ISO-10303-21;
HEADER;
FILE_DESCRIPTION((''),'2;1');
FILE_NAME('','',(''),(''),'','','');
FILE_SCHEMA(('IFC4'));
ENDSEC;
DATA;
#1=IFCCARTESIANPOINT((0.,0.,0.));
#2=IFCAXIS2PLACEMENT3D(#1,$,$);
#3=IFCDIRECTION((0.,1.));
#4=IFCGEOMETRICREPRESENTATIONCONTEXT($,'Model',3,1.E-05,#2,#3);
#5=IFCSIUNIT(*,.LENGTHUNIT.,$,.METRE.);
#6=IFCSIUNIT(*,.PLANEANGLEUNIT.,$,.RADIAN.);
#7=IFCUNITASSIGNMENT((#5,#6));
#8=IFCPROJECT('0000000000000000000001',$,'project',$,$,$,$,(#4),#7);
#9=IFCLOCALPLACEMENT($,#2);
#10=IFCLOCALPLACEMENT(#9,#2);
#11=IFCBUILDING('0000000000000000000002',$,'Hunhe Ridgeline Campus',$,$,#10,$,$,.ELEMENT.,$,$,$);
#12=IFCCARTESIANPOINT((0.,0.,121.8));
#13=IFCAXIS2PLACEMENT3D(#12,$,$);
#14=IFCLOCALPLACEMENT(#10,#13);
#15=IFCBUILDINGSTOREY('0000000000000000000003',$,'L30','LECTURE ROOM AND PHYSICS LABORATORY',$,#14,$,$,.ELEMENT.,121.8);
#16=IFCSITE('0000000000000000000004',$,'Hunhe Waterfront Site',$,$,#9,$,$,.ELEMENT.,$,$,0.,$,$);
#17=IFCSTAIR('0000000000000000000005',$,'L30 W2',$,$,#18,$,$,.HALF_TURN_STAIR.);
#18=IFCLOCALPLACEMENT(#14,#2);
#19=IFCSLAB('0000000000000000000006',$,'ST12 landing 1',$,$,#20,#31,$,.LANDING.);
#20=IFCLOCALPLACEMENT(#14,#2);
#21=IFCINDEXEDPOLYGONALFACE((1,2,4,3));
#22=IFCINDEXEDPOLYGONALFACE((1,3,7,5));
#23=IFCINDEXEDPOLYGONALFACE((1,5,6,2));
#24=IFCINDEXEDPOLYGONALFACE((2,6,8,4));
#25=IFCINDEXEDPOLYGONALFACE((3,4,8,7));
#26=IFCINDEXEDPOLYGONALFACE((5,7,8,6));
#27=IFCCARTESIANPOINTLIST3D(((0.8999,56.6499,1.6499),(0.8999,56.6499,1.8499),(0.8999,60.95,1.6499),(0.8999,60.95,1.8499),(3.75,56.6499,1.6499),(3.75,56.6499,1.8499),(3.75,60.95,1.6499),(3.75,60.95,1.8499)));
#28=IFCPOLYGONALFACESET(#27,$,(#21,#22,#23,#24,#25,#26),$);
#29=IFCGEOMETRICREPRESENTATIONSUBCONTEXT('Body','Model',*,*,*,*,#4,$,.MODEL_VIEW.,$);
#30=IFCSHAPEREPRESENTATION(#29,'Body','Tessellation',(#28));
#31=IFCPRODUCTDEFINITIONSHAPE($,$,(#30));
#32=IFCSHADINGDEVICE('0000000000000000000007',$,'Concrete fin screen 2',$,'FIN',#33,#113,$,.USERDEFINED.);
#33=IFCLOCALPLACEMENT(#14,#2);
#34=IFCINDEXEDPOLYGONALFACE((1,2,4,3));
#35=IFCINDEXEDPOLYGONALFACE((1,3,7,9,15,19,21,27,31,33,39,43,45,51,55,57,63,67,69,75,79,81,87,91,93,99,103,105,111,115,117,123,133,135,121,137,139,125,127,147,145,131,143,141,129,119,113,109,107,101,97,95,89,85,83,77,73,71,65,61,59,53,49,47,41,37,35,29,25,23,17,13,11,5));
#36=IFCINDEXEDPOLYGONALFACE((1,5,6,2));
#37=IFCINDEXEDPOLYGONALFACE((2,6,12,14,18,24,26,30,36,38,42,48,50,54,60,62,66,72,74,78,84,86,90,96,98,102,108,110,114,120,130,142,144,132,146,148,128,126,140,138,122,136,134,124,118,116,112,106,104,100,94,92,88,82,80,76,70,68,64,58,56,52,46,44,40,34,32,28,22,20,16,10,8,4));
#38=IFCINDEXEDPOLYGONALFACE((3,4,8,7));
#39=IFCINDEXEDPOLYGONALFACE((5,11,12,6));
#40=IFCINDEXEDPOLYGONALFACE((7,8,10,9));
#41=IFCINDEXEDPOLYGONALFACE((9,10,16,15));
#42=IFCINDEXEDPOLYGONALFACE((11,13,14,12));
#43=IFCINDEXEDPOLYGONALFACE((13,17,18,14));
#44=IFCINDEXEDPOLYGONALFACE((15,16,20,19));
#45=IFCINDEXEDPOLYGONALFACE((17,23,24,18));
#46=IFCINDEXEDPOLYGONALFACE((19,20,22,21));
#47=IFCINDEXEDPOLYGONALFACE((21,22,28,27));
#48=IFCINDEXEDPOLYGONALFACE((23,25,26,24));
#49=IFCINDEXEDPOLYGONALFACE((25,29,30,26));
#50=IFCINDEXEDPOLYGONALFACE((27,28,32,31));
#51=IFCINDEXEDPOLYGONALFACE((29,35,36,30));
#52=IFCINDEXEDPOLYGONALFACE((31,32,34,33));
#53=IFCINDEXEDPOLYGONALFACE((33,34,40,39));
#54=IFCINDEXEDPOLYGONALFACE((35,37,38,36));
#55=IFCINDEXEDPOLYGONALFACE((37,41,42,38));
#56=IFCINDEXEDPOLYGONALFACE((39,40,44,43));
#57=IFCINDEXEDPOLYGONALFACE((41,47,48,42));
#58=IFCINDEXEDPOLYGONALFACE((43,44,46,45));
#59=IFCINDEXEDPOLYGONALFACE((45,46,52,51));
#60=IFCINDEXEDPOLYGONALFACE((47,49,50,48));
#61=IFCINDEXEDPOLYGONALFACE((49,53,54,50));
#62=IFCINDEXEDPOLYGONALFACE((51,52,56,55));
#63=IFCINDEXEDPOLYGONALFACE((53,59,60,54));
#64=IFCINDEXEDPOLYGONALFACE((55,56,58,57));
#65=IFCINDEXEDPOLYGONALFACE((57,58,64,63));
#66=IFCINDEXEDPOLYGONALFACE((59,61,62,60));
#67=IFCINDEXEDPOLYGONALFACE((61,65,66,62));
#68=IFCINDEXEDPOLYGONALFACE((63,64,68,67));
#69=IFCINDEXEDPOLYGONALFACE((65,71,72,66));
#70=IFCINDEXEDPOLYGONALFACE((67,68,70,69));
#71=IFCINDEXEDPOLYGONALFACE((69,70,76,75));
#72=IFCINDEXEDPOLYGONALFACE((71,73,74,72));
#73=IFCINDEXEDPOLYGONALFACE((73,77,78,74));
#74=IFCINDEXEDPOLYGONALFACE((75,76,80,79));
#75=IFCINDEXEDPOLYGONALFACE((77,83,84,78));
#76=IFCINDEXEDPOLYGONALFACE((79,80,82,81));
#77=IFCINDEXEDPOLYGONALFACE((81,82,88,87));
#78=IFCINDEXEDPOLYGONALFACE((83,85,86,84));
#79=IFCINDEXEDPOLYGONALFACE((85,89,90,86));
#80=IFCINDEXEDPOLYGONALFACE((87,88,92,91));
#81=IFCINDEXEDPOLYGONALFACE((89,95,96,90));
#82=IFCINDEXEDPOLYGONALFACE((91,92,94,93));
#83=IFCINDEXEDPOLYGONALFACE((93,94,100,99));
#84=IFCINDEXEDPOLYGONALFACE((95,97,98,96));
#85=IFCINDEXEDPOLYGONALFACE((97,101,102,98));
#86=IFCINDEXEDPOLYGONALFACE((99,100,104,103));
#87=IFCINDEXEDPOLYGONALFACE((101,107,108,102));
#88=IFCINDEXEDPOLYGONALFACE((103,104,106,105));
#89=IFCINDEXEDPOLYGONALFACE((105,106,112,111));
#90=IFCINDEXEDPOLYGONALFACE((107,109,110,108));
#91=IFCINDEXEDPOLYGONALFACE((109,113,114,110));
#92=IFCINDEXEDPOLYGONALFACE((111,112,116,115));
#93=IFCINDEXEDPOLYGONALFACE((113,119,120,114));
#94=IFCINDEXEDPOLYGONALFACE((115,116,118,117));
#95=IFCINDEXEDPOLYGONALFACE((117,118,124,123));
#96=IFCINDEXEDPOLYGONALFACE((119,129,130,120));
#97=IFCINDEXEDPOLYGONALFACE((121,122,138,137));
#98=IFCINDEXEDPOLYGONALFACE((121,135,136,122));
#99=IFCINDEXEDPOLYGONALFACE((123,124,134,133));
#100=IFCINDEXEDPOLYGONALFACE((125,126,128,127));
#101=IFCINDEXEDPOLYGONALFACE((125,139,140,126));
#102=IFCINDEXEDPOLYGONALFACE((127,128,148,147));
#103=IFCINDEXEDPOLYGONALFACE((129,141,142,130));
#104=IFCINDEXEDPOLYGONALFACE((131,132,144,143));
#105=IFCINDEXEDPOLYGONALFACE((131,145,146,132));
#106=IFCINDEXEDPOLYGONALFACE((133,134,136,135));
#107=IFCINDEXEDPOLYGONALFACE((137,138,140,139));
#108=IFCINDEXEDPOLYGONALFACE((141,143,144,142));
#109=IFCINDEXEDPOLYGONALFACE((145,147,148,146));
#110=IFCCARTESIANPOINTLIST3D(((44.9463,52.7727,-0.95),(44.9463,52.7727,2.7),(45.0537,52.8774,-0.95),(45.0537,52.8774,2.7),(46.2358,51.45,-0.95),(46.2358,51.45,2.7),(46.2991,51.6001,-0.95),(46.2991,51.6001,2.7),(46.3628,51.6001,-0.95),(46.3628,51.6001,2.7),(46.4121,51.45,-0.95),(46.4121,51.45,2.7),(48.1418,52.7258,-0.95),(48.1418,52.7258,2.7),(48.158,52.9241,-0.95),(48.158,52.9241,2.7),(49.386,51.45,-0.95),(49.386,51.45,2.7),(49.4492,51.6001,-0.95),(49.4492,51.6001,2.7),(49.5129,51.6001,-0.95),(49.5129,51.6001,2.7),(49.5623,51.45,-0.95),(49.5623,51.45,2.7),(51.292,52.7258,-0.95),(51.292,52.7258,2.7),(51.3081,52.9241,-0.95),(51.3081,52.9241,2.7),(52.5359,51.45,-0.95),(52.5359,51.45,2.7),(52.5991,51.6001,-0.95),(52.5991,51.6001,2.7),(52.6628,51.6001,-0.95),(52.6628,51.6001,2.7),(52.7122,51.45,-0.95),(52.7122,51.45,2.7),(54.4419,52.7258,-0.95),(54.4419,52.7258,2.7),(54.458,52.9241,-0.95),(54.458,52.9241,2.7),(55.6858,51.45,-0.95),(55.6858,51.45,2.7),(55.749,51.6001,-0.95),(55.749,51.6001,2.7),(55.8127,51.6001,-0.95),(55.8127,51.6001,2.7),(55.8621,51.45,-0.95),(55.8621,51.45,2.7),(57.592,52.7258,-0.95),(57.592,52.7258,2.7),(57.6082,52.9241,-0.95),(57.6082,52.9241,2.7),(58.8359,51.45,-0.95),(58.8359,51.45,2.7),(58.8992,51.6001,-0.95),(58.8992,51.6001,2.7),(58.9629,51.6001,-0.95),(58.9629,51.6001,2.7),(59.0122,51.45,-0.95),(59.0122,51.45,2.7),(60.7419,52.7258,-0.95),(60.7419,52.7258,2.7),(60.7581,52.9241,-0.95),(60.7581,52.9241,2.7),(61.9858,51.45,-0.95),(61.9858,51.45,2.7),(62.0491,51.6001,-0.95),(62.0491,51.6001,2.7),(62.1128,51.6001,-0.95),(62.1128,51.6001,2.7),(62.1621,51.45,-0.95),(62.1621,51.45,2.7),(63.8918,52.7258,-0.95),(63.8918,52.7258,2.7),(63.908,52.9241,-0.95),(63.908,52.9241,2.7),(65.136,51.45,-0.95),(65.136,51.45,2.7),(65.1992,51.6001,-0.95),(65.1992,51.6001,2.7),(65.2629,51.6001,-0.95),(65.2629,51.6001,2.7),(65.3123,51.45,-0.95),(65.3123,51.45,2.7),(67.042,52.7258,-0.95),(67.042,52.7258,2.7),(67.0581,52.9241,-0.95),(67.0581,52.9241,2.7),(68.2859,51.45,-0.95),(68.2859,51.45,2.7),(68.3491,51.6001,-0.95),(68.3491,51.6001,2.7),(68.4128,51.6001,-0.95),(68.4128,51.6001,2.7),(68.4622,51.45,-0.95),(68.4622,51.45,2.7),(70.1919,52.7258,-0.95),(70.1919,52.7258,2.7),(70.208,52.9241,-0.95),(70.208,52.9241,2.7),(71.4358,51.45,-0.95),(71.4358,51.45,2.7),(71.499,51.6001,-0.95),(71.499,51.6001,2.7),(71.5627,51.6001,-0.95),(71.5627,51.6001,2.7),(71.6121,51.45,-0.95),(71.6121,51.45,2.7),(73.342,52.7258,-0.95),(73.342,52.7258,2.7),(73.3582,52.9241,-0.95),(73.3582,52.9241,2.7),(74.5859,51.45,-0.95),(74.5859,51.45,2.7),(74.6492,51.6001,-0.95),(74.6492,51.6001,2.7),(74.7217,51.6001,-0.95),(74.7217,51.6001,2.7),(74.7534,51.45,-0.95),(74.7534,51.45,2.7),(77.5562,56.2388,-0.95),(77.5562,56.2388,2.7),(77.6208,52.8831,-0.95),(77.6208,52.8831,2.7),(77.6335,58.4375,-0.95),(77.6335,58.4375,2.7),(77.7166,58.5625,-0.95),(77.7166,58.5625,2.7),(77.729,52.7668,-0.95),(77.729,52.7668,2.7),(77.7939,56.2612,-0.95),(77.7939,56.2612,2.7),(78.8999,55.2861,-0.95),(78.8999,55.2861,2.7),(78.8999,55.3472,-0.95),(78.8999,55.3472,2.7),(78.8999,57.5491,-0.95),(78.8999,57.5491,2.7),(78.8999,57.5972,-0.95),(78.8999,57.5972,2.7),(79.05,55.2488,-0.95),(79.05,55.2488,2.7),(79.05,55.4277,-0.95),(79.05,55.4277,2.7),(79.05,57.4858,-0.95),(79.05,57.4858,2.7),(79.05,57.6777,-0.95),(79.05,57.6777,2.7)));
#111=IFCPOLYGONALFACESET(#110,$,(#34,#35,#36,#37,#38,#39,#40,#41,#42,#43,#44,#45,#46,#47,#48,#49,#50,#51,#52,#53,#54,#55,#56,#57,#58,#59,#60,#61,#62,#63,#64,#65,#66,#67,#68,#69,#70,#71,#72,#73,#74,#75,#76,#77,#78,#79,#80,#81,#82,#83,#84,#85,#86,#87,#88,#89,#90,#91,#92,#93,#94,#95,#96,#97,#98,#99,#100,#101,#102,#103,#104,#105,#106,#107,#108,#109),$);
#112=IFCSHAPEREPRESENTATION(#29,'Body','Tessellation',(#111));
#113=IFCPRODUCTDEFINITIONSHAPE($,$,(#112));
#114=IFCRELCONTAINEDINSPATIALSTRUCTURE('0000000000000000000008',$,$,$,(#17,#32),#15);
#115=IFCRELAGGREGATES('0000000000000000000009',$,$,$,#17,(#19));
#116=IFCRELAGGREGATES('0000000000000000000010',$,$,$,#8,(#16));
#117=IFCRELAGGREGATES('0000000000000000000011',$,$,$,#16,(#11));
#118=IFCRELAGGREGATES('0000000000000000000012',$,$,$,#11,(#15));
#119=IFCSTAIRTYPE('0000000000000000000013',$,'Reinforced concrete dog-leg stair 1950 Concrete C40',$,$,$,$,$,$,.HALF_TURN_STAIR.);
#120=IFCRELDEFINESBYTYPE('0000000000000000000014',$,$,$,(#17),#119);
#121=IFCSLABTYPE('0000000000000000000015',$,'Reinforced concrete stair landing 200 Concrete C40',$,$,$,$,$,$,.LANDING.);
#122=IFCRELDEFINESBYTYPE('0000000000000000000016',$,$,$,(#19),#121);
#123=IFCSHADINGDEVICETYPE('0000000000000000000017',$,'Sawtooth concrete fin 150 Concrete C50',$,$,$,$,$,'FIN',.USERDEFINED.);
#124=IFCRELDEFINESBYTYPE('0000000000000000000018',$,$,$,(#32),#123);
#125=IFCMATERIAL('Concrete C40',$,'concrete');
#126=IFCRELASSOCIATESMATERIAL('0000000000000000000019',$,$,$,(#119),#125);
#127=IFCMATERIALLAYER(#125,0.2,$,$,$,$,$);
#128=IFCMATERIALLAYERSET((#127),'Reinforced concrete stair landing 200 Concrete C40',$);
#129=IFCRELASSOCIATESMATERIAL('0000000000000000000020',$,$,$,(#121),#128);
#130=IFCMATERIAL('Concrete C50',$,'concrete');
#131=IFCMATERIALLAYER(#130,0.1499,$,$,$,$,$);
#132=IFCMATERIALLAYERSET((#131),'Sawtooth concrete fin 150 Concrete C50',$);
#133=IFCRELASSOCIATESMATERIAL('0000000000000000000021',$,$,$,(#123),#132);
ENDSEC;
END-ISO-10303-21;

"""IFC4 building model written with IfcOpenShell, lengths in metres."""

from ifc_helpers import new_model, si_unit, direction, frame, origin, place, context, subcontext, project, spatial, polyline, outline, extrude, material, layer, layer_set, type_object, element, aggregate, save


model = new_model("IFC4")

# Units and contexts
model_context = context("Model", 3, precision=1e-05, world=origin(), true_north=direction((0.0, 1.0)))
body_context = subcontext(model_context, "Body", "Model", "MODEL_VIEW")
ifc_project = project(units=[si_unit("LENGTHUNIT", "METRE"), si_unit("PLANEANGLEUNIT", "RADIAN")], contexts=[model_context])

# Site, building, storey
site_placement = place(None, origin())
site = spatial("IfcSite", under=ifc_project, at=site_placement, Name="Hunhe Waterfront Site", CompositionType="ELEMENT", RefElevation=0.0)
building_placement = place(site_placement, origin())
building = spatial("IfcBuilding", under=site, at=building_placement, Name="Hunhe Ridgeline Campus", CompositionType="ELEMENT")
storey_placement = place(building_placement, frame((0.0, 0.0, 121.8)))
storey = spatial("IfcBuildingStorey", under=building, at=storey_placement, Name="L30", Description="LECTURE ROOM AND PHYSICS LABORATORY", CompositionType="ELEMENT", Elevation=121.8)

# Shared definitions
ifc_material_1 = material(Name="Concrete C40", Category="concrete")

# Shared definitions
stair_type = type_object("IfcStairType", Name="Reinforced concrete dog-leg stair 1950 Concrete C40", PredefinedType="HALF_TURN_STAIR", material=ifc_material_1)
ifc_layer_1 = layer(ifc_material_1, 0.2)
ifc_layer_set_1 = layer_set([ifc_layer_1], Name="Reinforced concrete stair landing 200 Concrete C40")
slab_type_1 = type_object("IfcSlabType", Name="Reinforced concrete stair landing 200 Concrete C40", PredefinedType="LANDING", material=ifc_layer_set_1)

# Stair, slab
stair_1_placement = place(storey_placement, origin())
stair_1 = element("IfcStair", 1, at=stair_1_placement, inside=storey, type_object=stair_type, Name="L30 W2", PredefinedType="HALF_TURN_STAIR")
slab_1_placement = place(storey_placement, frame((0.0, 0.0, 1.6499)))
slab_1 = element("IfcSlab", 2, at=slab_1_placement, type_object=slab_type_1, Name="ST12 landing 1", PredefinedType="LANDING", context=body_context, shape_type="SweptSolid", body=[
    extrude(outline(polyline([(3.75, 60.95), (0.8999, 60.95), (0.8999, 56.6499), (3.75, 56.6499), (3.75, 60.95)])), origin(), (0.0, 0.0, 1.0), 0.2),
])
aggregate(stair_1, [slab_1])

# Shading device
ifc_material_2 = material(Name="Concrete C50", Category="concrete")
ifc_layer_2 = layer(ifc_material_2, 0.1499)
ifc_layer_set_2 = layer_set([ifc_layer_2], Name="Sawtooth concrete fin 150 Concrete C50")
shading_device_type = type_object("IfcShadingDeviceType", Name="Sawtooth concrete fin 150 Concrete C50", ElementType="FIN", PredefinedType="USERDEFINED", material=ifc_layer_set_2)
shading_device_1_placement = place(storey_placement, frame((0.0, 0.0, -0.95)))
element("IfcShadingDevice", 3, at=shading_device_1_placement, inside=storey, type_object=shading_device_type, Name="Concrete fin screen 2", ObjectType="FIN", PredefinedType="USERDEFINED", context=body_context, shape_type="SweptSolid", body=[
    extrude(outline(polyline([(45.0537, 52.8774), (44.9463, 52.7727), (46.2358, 51.45), (46.4121, 51.45), (48.1418, 52.7258), (49.386, 51.45), (49.5623, 51.45), (51.292, 52.7258), (52.5359, 51.45), (52.7122, 51.45), (54.4419, 52.7258), (55.6858, 51.45), (55.8621, 51.45), (57.592, 52.7258), (58.8359, 51.45), (59.0122, 51.45), (60.7419, 52.7258), (61.9858, 51.45), (62.1621, 51.45), (63.8918, 52.7258), (65.136, 51.45), (65.3123, 51.45), (67.042, 52.7258), (68.2859, 51.45), (68.4622, 51.45), (70.1919, 52.7258), (71.4358, 51.45), (71.6121, 51.45), (73.342, 52.7258), (74.5859, 51.45), (74.7534, 51.45), (77.729, 52.7668), (79.05, 55.2488), (79.05, 55.4277), (77.7939, 56.2612), (79.05, 57.4858), (79.05, 57.6777), (77.7166, 58.5625), (77.6335, 58.4375), (78.8999, 57.5972), (78.8999, 57.5491), (77.5562, 56.2388), (78.8999, 55.3472), (78.8999, 55.2861), (77.6208, 52.8831), (74.7217, 51.6001), (74.6492, 51.6001), (73.3582, 52.9241), (71.5627, 51.6001), (71.499, 51.6001), (70.208, 52.9241), (68.4128, 51.6001), (68.3491, 51.6001), (67.0581, 52.9241), (65.2629, 51.6001), (65.1992, 51.6001), (63.908, 52.9241), (62.1128, 51.6001), (62.0491, 51.6001), (60.7581, 52.9241), (58.9629, 51.6001), (58.8992, 51.6001), (57.6082, 52.9241), (55.8127, 51.6001), (55.749, 51.6001), (54.458, 52.9241), (52.6628, 51.6001), (52.5991, 51.6001), (51.3081, 52.9241), (49.5129, 51.6001), (49.4492, 51.6001), (48.158, 52.9241), (46.3628, 51.6001), (46.2991, 51.6001), (45.0537, 52.8774)])), origin(), (0.0, 0.0, 1.0), 3.6499),
])

save(model, "model.ifc")
